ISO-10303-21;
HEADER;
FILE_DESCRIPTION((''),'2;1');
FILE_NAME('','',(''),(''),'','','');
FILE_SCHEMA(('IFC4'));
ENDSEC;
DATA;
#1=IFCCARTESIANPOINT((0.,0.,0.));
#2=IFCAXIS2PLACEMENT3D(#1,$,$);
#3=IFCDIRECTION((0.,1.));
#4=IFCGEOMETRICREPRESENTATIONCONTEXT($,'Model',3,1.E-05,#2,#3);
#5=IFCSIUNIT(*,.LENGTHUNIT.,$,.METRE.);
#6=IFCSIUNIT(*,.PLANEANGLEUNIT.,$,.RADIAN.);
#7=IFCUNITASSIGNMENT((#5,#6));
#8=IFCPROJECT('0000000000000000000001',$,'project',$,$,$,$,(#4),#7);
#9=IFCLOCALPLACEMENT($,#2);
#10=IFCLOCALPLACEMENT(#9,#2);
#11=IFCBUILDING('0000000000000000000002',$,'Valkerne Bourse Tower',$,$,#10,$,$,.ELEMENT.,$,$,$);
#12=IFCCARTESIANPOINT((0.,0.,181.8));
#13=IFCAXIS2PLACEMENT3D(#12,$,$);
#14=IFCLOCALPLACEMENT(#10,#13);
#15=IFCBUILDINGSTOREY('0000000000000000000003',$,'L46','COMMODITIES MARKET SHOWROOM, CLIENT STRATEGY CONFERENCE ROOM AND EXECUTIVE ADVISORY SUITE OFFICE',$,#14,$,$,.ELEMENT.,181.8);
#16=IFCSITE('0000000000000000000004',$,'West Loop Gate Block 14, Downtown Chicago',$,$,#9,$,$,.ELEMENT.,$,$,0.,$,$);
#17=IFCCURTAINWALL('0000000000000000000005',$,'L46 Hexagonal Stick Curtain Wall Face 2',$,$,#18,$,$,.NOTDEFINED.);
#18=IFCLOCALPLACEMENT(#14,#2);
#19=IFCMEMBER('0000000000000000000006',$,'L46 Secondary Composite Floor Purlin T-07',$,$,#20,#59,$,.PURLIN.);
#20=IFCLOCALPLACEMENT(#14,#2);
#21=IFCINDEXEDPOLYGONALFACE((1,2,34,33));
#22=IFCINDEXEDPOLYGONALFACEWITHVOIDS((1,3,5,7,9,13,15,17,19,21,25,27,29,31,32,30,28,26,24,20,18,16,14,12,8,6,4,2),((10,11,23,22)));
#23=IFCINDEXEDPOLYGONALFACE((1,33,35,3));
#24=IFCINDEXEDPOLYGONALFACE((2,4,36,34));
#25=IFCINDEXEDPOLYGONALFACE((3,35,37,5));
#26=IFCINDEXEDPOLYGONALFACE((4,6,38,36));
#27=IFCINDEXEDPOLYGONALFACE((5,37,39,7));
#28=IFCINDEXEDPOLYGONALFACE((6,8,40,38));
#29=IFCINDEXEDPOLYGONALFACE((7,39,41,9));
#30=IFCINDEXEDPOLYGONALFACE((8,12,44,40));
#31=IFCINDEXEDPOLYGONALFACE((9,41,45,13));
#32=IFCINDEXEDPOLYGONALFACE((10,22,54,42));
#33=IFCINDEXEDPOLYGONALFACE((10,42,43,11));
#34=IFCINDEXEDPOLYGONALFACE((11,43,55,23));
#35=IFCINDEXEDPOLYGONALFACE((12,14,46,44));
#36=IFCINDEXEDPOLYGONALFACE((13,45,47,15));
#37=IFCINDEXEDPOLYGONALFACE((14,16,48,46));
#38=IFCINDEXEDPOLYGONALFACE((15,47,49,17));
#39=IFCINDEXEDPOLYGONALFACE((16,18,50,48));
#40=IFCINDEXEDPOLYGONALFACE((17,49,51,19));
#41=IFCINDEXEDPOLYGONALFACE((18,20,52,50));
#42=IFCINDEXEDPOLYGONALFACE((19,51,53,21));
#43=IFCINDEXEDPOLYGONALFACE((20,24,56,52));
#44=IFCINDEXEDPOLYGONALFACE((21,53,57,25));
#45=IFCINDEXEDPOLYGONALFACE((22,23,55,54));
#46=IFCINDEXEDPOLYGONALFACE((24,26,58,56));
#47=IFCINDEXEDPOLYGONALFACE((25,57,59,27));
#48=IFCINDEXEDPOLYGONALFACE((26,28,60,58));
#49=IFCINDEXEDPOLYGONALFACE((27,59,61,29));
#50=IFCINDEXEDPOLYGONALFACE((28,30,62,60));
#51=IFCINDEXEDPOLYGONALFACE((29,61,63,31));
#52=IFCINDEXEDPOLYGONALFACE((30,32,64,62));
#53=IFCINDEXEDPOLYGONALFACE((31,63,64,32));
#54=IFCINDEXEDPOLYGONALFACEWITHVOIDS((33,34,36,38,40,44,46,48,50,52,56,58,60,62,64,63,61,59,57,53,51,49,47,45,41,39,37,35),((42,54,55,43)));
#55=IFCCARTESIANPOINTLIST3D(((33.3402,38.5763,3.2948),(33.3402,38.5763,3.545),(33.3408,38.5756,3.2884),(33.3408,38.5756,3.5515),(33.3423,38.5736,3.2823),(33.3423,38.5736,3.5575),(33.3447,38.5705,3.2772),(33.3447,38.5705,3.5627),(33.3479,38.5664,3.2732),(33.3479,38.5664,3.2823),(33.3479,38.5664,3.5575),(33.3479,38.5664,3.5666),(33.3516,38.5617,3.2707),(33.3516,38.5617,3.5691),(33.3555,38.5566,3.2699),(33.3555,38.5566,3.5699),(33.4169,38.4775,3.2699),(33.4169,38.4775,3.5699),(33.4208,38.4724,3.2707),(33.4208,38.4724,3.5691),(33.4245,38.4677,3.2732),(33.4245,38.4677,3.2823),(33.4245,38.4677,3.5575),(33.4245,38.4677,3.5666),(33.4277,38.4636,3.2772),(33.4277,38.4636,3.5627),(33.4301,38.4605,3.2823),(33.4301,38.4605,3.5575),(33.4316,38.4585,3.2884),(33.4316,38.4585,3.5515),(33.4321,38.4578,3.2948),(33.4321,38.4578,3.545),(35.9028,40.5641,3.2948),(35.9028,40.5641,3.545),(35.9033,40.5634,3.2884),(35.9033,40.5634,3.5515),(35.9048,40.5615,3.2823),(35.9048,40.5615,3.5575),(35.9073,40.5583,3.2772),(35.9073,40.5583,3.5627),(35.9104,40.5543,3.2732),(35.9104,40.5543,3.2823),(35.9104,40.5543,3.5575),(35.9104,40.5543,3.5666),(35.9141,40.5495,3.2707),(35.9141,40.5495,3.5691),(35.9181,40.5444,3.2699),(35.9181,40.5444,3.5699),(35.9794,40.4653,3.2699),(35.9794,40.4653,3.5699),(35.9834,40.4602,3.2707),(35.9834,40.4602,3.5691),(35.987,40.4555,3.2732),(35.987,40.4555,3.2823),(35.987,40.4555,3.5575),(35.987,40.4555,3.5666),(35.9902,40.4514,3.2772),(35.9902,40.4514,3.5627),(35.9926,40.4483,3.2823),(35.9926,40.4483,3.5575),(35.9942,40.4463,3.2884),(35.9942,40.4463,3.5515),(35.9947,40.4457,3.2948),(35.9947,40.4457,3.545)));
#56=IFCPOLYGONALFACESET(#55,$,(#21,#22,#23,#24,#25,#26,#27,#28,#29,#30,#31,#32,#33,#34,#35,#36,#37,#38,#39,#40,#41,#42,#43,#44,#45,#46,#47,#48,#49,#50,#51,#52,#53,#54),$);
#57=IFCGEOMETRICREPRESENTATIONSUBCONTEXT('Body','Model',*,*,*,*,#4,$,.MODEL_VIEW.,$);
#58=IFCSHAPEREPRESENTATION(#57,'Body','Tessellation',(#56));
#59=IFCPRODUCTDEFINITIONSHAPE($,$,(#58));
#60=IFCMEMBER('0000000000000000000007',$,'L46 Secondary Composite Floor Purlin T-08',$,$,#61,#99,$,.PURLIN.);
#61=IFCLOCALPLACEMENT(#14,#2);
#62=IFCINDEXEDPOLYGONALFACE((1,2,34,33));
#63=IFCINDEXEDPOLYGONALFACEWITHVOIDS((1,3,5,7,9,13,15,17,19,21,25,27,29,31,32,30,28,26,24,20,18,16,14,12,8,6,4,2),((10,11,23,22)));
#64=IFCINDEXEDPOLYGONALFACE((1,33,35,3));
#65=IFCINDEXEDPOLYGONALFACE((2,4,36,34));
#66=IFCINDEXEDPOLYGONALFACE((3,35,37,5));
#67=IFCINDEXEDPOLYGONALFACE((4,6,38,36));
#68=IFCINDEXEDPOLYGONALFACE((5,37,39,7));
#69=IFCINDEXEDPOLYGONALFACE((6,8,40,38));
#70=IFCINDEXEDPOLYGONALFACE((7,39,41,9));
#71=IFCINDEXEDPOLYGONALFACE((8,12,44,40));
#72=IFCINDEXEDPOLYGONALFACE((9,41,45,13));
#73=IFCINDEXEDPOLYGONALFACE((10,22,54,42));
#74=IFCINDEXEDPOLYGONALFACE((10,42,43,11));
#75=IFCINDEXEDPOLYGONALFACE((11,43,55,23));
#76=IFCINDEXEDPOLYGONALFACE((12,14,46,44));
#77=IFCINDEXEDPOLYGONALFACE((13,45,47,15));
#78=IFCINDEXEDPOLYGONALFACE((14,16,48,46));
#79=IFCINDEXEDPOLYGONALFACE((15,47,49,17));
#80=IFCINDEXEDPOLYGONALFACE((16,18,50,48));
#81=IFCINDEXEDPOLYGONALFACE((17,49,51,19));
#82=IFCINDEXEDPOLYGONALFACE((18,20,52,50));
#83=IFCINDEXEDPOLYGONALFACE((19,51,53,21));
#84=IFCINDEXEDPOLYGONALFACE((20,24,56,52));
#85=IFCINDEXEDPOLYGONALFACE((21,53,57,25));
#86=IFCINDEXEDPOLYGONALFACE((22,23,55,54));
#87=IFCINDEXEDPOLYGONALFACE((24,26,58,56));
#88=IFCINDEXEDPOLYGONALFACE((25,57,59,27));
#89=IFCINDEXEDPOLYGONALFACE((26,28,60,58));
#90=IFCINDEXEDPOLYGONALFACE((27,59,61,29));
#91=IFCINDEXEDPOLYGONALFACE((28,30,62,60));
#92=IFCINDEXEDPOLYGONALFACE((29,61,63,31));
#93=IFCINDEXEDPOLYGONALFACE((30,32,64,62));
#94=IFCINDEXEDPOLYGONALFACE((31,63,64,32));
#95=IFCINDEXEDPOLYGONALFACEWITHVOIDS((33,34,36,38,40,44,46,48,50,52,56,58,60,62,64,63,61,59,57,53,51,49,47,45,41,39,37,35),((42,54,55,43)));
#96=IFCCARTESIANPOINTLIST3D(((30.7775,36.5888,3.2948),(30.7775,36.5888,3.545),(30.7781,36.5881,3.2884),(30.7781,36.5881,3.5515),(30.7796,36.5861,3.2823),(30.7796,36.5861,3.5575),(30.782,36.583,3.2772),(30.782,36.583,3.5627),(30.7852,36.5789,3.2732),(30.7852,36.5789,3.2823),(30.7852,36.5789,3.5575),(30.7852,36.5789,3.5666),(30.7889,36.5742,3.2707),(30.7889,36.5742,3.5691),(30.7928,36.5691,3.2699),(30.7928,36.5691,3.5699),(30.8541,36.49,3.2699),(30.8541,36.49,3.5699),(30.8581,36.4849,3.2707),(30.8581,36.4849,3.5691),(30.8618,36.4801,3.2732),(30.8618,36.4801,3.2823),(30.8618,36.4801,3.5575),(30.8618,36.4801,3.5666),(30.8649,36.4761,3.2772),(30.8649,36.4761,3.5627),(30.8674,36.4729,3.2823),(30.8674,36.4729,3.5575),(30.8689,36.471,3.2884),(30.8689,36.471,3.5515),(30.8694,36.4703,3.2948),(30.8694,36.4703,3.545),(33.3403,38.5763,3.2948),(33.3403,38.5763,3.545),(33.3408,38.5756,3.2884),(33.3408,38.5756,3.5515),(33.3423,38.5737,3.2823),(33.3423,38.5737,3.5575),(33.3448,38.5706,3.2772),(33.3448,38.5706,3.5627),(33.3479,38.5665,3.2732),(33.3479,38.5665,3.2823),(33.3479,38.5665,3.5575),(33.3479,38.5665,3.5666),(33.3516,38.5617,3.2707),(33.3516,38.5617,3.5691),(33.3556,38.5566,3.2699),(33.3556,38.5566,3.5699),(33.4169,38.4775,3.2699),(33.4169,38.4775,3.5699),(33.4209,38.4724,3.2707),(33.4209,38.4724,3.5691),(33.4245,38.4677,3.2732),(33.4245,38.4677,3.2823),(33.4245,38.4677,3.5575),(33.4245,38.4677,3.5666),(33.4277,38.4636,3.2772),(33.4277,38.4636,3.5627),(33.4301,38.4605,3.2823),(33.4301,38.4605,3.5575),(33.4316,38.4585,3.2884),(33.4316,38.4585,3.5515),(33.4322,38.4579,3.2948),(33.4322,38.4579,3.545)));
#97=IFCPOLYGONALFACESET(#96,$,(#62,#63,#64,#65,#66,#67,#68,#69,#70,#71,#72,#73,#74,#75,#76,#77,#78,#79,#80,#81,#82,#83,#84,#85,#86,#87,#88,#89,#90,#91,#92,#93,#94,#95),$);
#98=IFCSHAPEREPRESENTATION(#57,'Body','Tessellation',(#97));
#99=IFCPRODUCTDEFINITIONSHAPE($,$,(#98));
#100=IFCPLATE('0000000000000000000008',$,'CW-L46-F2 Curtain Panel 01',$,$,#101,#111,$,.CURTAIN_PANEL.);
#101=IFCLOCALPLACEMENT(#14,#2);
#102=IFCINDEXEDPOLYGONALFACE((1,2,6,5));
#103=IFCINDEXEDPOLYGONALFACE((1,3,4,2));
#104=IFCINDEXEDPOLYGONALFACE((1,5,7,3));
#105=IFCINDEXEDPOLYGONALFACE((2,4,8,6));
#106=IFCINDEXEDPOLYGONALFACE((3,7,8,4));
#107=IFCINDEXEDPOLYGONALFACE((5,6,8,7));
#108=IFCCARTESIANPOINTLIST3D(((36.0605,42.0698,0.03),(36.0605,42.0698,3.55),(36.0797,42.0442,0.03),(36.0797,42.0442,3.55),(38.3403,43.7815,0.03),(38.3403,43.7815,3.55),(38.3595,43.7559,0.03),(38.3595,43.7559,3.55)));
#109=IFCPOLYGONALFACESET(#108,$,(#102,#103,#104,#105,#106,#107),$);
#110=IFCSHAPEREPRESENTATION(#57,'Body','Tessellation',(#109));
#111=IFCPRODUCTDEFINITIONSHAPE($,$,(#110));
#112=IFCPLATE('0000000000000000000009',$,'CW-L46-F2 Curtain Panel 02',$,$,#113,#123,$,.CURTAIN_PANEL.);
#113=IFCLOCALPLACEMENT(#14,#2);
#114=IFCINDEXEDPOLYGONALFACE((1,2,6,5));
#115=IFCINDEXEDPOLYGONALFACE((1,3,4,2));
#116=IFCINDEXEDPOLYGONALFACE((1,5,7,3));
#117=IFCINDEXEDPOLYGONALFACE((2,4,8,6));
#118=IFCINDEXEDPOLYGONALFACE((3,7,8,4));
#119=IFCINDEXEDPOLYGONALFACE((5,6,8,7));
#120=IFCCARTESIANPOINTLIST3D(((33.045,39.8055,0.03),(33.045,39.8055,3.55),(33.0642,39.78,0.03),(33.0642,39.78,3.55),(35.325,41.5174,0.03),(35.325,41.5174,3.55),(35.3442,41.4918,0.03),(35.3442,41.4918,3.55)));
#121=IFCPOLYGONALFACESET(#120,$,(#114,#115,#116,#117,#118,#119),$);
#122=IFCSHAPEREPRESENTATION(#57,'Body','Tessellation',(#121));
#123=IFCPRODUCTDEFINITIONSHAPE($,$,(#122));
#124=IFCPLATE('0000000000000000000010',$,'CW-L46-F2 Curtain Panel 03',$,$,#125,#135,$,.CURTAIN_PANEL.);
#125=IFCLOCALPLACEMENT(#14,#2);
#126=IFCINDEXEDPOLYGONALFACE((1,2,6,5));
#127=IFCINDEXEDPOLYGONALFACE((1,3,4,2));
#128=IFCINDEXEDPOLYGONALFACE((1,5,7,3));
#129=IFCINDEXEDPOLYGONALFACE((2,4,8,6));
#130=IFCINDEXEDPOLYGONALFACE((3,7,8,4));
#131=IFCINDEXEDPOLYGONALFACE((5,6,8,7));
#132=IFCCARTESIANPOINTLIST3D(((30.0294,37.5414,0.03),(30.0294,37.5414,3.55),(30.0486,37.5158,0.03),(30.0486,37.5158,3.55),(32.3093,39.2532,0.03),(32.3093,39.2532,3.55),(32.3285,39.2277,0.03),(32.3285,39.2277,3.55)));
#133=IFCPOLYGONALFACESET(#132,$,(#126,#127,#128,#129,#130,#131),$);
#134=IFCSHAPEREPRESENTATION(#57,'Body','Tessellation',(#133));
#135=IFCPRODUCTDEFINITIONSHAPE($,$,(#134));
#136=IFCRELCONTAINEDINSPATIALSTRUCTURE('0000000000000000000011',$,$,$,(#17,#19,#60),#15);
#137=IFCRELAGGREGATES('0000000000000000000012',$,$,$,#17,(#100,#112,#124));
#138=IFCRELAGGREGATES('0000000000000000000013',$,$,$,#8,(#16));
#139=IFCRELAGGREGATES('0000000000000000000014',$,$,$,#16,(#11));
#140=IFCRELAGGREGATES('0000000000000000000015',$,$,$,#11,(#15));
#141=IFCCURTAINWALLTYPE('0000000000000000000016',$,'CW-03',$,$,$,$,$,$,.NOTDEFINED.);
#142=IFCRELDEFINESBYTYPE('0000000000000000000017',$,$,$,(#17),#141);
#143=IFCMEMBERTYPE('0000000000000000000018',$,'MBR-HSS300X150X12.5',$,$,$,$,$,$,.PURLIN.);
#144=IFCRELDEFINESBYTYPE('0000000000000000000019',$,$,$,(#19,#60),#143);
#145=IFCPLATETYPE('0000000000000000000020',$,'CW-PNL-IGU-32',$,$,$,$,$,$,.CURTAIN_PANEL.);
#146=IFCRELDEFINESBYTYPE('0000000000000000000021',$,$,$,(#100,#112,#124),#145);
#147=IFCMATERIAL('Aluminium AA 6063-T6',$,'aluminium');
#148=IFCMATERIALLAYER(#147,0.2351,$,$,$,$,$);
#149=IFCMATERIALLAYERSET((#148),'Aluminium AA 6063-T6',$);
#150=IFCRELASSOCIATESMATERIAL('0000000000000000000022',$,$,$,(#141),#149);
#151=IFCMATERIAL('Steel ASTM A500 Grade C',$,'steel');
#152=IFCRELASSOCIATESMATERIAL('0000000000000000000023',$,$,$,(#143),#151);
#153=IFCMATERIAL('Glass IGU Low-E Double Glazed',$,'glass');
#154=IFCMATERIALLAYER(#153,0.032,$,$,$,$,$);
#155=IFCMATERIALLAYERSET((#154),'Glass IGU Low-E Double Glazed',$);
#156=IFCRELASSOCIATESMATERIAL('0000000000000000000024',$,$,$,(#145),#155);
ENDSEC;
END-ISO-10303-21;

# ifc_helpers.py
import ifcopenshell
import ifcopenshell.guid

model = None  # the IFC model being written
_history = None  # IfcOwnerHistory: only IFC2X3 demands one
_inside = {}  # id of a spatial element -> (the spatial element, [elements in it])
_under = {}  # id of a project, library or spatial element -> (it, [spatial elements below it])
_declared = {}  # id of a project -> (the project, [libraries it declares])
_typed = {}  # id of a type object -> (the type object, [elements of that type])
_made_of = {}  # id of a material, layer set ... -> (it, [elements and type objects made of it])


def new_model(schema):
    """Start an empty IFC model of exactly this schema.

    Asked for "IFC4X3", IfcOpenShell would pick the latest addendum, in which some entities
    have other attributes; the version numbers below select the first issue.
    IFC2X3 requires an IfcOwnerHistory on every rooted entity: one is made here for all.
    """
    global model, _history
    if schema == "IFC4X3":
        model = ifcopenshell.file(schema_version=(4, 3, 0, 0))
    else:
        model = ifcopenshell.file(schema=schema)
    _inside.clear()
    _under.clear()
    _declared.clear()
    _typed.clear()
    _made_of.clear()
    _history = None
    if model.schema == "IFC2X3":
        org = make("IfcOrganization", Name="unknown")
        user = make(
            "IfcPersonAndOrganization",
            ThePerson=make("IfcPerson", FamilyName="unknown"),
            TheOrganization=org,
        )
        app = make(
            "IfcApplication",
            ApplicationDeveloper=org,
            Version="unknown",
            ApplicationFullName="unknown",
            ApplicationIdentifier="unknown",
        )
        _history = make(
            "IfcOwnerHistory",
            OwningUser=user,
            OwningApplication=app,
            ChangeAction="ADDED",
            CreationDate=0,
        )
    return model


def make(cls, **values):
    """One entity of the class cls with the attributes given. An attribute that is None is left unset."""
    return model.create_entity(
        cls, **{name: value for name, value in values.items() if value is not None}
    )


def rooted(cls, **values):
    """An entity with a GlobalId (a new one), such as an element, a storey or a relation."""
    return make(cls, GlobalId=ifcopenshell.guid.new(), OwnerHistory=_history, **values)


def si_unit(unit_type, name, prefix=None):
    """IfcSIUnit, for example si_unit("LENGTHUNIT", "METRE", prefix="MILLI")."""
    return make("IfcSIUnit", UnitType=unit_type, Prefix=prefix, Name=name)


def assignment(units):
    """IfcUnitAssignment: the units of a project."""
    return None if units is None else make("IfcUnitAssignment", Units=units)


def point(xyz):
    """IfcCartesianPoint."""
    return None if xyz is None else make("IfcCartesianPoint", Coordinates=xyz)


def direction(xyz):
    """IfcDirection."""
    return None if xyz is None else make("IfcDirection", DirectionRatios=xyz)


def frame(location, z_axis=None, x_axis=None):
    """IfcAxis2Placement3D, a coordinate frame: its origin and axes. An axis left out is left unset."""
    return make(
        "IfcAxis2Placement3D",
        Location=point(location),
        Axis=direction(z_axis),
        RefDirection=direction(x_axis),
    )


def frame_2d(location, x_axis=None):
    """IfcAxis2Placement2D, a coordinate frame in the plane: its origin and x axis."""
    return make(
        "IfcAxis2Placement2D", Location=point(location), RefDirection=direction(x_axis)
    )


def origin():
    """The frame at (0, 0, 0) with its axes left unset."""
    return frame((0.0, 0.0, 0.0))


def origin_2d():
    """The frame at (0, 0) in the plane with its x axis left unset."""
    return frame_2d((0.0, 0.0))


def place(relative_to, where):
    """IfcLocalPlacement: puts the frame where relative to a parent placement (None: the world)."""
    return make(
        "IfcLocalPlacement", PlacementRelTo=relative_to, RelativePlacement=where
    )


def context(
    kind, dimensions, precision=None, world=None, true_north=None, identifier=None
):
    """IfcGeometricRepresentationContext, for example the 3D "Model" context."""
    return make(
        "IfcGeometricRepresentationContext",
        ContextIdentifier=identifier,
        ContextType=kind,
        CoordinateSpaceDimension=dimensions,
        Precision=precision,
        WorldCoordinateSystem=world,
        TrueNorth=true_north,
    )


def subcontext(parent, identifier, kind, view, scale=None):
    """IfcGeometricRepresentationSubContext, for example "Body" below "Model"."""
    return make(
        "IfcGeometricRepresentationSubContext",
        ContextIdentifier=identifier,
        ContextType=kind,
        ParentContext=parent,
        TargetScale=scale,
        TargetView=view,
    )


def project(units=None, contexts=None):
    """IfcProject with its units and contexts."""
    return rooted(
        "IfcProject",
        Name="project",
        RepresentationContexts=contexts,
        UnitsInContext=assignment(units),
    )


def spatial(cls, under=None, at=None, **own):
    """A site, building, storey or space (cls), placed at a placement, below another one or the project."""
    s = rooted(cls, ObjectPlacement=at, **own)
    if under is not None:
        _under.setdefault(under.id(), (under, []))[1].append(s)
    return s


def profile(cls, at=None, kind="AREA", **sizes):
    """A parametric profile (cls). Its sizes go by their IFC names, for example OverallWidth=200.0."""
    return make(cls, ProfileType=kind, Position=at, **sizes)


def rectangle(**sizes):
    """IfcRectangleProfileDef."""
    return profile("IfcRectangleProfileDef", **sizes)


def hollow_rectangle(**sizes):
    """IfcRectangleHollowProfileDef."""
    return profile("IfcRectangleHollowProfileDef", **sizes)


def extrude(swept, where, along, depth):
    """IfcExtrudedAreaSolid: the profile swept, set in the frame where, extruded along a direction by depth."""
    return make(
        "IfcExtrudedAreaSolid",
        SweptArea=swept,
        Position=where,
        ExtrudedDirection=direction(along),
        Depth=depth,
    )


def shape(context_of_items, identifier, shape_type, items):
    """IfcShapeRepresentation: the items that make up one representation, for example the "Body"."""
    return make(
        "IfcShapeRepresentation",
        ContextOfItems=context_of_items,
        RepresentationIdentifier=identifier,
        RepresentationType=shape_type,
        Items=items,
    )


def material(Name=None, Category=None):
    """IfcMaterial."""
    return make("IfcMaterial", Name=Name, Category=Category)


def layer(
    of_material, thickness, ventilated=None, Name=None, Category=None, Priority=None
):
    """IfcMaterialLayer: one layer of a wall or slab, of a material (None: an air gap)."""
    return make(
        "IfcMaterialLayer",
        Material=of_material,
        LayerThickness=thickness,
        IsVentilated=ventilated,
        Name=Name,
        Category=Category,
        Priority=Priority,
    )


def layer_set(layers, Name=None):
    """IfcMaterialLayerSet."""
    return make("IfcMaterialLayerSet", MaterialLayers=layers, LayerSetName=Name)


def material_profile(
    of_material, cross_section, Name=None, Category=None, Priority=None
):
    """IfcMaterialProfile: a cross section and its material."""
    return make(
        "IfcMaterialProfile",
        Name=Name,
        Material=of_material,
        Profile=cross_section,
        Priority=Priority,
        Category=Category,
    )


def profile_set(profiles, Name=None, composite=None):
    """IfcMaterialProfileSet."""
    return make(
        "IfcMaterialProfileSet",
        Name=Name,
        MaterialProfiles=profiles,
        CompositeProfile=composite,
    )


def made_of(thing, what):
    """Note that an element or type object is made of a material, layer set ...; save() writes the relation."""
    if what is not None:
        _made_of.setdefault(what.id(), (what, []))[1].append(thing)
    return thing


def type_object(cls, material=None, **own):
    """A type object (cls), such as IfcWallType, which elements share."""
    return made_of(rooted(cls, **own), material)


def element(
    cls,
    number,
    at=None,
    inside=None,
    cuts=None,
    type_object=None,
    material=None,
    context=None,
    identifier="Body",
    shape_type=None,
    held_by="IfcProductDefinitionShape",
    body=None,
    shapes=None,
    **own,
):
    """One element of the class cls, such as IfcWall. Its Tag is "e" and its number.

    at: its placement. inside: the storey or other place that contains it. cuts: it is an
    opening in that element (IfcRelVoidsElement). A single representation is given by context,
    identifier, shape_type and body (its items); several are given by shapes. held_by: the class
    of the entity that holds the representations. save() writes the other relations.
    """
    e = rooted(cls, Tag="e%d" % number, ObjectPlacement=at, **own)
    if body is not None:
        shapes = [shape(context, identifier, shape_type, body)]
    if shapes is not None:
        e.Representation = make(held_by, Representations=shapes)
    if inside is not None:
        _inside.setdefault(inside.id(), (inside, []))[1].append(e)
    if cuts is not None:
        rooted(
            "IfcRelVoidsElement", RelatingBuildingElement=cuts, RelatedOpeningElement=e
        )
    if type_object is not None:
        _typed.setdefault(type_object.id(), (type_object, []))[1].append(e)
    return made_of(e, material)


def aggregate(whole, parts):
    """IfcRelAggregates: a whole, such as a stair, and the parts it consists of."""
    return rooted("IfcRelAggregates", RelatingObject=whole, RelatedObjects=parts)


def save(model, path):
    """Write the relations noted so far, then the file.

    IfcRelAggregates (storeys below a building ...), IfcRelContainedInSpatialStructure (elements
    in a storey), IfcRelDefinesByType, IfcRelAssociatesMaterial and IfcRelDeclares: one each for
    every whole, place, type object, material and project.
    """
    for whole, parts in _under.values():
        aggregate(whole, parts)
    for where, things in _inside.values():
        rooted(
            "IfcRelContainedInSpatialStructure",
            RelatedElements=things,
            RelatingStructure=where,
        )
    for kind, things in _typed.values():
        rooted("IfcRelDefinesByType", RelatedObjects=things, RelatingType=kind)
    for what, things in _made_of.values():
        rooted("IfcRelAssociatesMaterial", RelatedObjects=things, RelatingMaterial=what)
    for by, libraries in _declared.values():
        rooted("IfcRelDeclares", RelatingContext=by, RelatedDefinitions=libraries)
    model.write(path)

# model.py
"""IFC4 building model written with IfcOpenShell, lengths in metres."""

from ifc_helpers import new_model, si_unit, direction, frame, origin, origin_2d, place, context, subcontext, project, spatial, rectangle, hollow_rectangle, extrude, material, layer, layer_set, material_profile, profile_set, type_object, element, aggregate, save


model = new_model("IFC4")

# Units and contexts
model_context = context("Model", 3, precision=1e-05, world=origin(), true_north=direction((0.0, 1.0)))
body_context = subcontext(model_context, "Body", "Model", "MODEL_VIEW")
ifc_project = project(units=[si_unit("LENGTHUNIT", "METRE"), si_unit("PLANEANGLEUNIT", "RADIAN")], contexts=[model_context])

# Site, building, storey
site_placement = place(None, origin())
site = spatial("IfcSite", under=ifc_project, at=site_placement, Name="West Loop Gate Block 14, Downtown Chicago", CompositionType="ELEMENT", RefElevation=0.0)
building_placement = place(site_placement, origin())
building = spatial("IfcBuilding", under=site, at=building_placement, Name="Valkerne Bourse Tower", CompositionType="ELEMENT")
storey_placement = place(building_placement, frame((0.0, 0.0, 181.8)))
storey = spatial("IfcBuildingStorey", under=building, at=storey_placement, Name="L46", Description="COMMODITIES MARKET SHOWROOM, CLIENT STRATEGY CONFERENCE ROOM AND EXECUTIVE ADVISORY SUITE OFFICE", CompositionType="ELEMENT", Elevation=181.8)

# Curtain wall
ifc_material_1 = material(Name="Aluminium AA 6063-T6", Category="aluminium")
ifc_layer_1 = layer(ifc_material_1, 0.2351)
ifc_layer_set_1 = layer_set([ifc_layer_1], Name="Aluminium AA 6063-T6")
curtain_wall_type = type_object("IfcCurtainWallType", Name="CW-03", PredefinedType="NOTDEFINED", material=ifc_layer_set_1)
curtain_wall_placement = place(storey_placement, origin())
curtain_wall = element("IfcCurtainWall", 1, at=curtain_wall_placement, inside=storey, type_object=curtain_wall_type, Name="L46 Hexagonal Stick Curtain Wall Face 2", PredefinedType="NOTDEFINED")

# Members
ifc_material_2 = material(Name="Steel ASTM A500 Grade C", Category="steel")
ifc_material_profile_1 = material_profile(ifc_material_2, hollow_rectangle(XDim=0.1499, YDim=0.3, WallThickness=0.0125, OuterFilletRadius=0.0249, at=origin_2d()), Name="HSS300X150X12.5")
ifc_profile_set_1 = profile_set([ifc_material_profile_1], Name="Steel ASTM A500 Grade C")
member_type_1 = type_object("IfcMemberType", Name="MBR-HSS300X150X12.5", PredefinedType="PURLIN", material=ifc_profile_set_1)
for number, where, z_axis, x_axis, name in (
    (2, (35.9487, 40.5049, 3.4199), (-0.790138, -0.612929, 0.0), (0.612929, -0.790138, 0.0), "L46 Secondary Composite Floor Purlin T-07"),
    (3, (33.3862, 38.5171, 3.4199), (-0.790203, -0.612846, 0.0), (0.612846, -0.790203, 0.0), "L46 Secondary Composite Floor Purlin T-08"),
):
    element("IfcMember", number, at=place(storey_placement, frame(where, z_axis=z_axis, x_axis=x_axis)), inside=storey, type_object=member_type_1, Name=name, PredefinedType="PURLIN", context=body_context, shape_type="SweptSolid", body=[
        extrude(hollow_rectangle(XDim=0.1499, YDim=0.3, WallThickness=0.0125, OuterFilletRadius=0.0249, at=origin_2d()), origin(), (0.0, 0.0, 1.0), 3.2432),
    ])

# Plates
ifc_material_3 = material(Name="Glass IGU Low-E Double Glazed", Category="glass")
ifc_layer_2 = layer(ifc_material_3, 0.032)
ifc_layer_set_2 = layer_set([ifc_layer_2], Name="Glass IGU Low-E Double Glazed")
plate_type = type_object("IfcPlateType", Name="CW-PNL-IGU-32", PredefinedType="CURTAIN_PANEL", material=ifc_layer_set_2)
plate_1_placement = place(storey_placement, frame((37.21, 42.9128, 0.03), z_axis=(0.0, 0.0, 1.0), x_axis=(-0.799694, -0.600407, 0.0)))
plate_1 = element("IfcPlate", 4, at=plate_1_placement, type_object=plate_type, Name="CW-L46-F2 Curtain Panel 01", PredefinedType="CURTAIN_PANEL", context=body_context, shape_type="SweptSolid", body=[
    extrude(rectangle(XDim=2.8508, YDim=0.032, at=origin_2d()), origin(), (0.0, 0.0, 1.0), 3.52),
])
plate_2_placement = place(storey_placement, frame((34.1946, 40.6487, 0.03), z_axis=(0.0, 0.0, 1.0), x_axis=(-0.799682, -0.600424, 0.0)))
plate_2 = element("IfcPlate", 5, at=plate_2_placement, type_object=plate_type, Name="CW-L46-F2 Curtain Panel 02", PredefinedType="CURTAIN_PANEL", context=body_context, shape_type="SweptSolid", body=[
    extrude(rectangle(XDim=2.8511, YDim=0.032, at=origin_2d()), origin(), (0.0, 0.0, 1.0), 3.52),
])
plate_3_placement = place(storey_placement, frame((31.179, 38.3845, 0.03), z_axis=(0.0, 0.0, 1.0), x_axis=(-0.799682, -0.600424, 0.0)))
plate_3 = element("IfcPlate", 6, at=plate_3_placement, type_object=plate_type, Name="CW-L46-F2 Curtain Panel 03", PredefinedType="CURTAIN_PANEL", context=body_context, shape_type="SweptSolid", body=[
    extrude(rectangle(XDim=2.8511, YDim=0.032, at=origin_2d()), origin(), (0.0, 0.0, 1.0), 3.52),
])
aggregate(curtain_wall, [plate_1, plate_2, plate_3])

save(model, "model.ifc")
